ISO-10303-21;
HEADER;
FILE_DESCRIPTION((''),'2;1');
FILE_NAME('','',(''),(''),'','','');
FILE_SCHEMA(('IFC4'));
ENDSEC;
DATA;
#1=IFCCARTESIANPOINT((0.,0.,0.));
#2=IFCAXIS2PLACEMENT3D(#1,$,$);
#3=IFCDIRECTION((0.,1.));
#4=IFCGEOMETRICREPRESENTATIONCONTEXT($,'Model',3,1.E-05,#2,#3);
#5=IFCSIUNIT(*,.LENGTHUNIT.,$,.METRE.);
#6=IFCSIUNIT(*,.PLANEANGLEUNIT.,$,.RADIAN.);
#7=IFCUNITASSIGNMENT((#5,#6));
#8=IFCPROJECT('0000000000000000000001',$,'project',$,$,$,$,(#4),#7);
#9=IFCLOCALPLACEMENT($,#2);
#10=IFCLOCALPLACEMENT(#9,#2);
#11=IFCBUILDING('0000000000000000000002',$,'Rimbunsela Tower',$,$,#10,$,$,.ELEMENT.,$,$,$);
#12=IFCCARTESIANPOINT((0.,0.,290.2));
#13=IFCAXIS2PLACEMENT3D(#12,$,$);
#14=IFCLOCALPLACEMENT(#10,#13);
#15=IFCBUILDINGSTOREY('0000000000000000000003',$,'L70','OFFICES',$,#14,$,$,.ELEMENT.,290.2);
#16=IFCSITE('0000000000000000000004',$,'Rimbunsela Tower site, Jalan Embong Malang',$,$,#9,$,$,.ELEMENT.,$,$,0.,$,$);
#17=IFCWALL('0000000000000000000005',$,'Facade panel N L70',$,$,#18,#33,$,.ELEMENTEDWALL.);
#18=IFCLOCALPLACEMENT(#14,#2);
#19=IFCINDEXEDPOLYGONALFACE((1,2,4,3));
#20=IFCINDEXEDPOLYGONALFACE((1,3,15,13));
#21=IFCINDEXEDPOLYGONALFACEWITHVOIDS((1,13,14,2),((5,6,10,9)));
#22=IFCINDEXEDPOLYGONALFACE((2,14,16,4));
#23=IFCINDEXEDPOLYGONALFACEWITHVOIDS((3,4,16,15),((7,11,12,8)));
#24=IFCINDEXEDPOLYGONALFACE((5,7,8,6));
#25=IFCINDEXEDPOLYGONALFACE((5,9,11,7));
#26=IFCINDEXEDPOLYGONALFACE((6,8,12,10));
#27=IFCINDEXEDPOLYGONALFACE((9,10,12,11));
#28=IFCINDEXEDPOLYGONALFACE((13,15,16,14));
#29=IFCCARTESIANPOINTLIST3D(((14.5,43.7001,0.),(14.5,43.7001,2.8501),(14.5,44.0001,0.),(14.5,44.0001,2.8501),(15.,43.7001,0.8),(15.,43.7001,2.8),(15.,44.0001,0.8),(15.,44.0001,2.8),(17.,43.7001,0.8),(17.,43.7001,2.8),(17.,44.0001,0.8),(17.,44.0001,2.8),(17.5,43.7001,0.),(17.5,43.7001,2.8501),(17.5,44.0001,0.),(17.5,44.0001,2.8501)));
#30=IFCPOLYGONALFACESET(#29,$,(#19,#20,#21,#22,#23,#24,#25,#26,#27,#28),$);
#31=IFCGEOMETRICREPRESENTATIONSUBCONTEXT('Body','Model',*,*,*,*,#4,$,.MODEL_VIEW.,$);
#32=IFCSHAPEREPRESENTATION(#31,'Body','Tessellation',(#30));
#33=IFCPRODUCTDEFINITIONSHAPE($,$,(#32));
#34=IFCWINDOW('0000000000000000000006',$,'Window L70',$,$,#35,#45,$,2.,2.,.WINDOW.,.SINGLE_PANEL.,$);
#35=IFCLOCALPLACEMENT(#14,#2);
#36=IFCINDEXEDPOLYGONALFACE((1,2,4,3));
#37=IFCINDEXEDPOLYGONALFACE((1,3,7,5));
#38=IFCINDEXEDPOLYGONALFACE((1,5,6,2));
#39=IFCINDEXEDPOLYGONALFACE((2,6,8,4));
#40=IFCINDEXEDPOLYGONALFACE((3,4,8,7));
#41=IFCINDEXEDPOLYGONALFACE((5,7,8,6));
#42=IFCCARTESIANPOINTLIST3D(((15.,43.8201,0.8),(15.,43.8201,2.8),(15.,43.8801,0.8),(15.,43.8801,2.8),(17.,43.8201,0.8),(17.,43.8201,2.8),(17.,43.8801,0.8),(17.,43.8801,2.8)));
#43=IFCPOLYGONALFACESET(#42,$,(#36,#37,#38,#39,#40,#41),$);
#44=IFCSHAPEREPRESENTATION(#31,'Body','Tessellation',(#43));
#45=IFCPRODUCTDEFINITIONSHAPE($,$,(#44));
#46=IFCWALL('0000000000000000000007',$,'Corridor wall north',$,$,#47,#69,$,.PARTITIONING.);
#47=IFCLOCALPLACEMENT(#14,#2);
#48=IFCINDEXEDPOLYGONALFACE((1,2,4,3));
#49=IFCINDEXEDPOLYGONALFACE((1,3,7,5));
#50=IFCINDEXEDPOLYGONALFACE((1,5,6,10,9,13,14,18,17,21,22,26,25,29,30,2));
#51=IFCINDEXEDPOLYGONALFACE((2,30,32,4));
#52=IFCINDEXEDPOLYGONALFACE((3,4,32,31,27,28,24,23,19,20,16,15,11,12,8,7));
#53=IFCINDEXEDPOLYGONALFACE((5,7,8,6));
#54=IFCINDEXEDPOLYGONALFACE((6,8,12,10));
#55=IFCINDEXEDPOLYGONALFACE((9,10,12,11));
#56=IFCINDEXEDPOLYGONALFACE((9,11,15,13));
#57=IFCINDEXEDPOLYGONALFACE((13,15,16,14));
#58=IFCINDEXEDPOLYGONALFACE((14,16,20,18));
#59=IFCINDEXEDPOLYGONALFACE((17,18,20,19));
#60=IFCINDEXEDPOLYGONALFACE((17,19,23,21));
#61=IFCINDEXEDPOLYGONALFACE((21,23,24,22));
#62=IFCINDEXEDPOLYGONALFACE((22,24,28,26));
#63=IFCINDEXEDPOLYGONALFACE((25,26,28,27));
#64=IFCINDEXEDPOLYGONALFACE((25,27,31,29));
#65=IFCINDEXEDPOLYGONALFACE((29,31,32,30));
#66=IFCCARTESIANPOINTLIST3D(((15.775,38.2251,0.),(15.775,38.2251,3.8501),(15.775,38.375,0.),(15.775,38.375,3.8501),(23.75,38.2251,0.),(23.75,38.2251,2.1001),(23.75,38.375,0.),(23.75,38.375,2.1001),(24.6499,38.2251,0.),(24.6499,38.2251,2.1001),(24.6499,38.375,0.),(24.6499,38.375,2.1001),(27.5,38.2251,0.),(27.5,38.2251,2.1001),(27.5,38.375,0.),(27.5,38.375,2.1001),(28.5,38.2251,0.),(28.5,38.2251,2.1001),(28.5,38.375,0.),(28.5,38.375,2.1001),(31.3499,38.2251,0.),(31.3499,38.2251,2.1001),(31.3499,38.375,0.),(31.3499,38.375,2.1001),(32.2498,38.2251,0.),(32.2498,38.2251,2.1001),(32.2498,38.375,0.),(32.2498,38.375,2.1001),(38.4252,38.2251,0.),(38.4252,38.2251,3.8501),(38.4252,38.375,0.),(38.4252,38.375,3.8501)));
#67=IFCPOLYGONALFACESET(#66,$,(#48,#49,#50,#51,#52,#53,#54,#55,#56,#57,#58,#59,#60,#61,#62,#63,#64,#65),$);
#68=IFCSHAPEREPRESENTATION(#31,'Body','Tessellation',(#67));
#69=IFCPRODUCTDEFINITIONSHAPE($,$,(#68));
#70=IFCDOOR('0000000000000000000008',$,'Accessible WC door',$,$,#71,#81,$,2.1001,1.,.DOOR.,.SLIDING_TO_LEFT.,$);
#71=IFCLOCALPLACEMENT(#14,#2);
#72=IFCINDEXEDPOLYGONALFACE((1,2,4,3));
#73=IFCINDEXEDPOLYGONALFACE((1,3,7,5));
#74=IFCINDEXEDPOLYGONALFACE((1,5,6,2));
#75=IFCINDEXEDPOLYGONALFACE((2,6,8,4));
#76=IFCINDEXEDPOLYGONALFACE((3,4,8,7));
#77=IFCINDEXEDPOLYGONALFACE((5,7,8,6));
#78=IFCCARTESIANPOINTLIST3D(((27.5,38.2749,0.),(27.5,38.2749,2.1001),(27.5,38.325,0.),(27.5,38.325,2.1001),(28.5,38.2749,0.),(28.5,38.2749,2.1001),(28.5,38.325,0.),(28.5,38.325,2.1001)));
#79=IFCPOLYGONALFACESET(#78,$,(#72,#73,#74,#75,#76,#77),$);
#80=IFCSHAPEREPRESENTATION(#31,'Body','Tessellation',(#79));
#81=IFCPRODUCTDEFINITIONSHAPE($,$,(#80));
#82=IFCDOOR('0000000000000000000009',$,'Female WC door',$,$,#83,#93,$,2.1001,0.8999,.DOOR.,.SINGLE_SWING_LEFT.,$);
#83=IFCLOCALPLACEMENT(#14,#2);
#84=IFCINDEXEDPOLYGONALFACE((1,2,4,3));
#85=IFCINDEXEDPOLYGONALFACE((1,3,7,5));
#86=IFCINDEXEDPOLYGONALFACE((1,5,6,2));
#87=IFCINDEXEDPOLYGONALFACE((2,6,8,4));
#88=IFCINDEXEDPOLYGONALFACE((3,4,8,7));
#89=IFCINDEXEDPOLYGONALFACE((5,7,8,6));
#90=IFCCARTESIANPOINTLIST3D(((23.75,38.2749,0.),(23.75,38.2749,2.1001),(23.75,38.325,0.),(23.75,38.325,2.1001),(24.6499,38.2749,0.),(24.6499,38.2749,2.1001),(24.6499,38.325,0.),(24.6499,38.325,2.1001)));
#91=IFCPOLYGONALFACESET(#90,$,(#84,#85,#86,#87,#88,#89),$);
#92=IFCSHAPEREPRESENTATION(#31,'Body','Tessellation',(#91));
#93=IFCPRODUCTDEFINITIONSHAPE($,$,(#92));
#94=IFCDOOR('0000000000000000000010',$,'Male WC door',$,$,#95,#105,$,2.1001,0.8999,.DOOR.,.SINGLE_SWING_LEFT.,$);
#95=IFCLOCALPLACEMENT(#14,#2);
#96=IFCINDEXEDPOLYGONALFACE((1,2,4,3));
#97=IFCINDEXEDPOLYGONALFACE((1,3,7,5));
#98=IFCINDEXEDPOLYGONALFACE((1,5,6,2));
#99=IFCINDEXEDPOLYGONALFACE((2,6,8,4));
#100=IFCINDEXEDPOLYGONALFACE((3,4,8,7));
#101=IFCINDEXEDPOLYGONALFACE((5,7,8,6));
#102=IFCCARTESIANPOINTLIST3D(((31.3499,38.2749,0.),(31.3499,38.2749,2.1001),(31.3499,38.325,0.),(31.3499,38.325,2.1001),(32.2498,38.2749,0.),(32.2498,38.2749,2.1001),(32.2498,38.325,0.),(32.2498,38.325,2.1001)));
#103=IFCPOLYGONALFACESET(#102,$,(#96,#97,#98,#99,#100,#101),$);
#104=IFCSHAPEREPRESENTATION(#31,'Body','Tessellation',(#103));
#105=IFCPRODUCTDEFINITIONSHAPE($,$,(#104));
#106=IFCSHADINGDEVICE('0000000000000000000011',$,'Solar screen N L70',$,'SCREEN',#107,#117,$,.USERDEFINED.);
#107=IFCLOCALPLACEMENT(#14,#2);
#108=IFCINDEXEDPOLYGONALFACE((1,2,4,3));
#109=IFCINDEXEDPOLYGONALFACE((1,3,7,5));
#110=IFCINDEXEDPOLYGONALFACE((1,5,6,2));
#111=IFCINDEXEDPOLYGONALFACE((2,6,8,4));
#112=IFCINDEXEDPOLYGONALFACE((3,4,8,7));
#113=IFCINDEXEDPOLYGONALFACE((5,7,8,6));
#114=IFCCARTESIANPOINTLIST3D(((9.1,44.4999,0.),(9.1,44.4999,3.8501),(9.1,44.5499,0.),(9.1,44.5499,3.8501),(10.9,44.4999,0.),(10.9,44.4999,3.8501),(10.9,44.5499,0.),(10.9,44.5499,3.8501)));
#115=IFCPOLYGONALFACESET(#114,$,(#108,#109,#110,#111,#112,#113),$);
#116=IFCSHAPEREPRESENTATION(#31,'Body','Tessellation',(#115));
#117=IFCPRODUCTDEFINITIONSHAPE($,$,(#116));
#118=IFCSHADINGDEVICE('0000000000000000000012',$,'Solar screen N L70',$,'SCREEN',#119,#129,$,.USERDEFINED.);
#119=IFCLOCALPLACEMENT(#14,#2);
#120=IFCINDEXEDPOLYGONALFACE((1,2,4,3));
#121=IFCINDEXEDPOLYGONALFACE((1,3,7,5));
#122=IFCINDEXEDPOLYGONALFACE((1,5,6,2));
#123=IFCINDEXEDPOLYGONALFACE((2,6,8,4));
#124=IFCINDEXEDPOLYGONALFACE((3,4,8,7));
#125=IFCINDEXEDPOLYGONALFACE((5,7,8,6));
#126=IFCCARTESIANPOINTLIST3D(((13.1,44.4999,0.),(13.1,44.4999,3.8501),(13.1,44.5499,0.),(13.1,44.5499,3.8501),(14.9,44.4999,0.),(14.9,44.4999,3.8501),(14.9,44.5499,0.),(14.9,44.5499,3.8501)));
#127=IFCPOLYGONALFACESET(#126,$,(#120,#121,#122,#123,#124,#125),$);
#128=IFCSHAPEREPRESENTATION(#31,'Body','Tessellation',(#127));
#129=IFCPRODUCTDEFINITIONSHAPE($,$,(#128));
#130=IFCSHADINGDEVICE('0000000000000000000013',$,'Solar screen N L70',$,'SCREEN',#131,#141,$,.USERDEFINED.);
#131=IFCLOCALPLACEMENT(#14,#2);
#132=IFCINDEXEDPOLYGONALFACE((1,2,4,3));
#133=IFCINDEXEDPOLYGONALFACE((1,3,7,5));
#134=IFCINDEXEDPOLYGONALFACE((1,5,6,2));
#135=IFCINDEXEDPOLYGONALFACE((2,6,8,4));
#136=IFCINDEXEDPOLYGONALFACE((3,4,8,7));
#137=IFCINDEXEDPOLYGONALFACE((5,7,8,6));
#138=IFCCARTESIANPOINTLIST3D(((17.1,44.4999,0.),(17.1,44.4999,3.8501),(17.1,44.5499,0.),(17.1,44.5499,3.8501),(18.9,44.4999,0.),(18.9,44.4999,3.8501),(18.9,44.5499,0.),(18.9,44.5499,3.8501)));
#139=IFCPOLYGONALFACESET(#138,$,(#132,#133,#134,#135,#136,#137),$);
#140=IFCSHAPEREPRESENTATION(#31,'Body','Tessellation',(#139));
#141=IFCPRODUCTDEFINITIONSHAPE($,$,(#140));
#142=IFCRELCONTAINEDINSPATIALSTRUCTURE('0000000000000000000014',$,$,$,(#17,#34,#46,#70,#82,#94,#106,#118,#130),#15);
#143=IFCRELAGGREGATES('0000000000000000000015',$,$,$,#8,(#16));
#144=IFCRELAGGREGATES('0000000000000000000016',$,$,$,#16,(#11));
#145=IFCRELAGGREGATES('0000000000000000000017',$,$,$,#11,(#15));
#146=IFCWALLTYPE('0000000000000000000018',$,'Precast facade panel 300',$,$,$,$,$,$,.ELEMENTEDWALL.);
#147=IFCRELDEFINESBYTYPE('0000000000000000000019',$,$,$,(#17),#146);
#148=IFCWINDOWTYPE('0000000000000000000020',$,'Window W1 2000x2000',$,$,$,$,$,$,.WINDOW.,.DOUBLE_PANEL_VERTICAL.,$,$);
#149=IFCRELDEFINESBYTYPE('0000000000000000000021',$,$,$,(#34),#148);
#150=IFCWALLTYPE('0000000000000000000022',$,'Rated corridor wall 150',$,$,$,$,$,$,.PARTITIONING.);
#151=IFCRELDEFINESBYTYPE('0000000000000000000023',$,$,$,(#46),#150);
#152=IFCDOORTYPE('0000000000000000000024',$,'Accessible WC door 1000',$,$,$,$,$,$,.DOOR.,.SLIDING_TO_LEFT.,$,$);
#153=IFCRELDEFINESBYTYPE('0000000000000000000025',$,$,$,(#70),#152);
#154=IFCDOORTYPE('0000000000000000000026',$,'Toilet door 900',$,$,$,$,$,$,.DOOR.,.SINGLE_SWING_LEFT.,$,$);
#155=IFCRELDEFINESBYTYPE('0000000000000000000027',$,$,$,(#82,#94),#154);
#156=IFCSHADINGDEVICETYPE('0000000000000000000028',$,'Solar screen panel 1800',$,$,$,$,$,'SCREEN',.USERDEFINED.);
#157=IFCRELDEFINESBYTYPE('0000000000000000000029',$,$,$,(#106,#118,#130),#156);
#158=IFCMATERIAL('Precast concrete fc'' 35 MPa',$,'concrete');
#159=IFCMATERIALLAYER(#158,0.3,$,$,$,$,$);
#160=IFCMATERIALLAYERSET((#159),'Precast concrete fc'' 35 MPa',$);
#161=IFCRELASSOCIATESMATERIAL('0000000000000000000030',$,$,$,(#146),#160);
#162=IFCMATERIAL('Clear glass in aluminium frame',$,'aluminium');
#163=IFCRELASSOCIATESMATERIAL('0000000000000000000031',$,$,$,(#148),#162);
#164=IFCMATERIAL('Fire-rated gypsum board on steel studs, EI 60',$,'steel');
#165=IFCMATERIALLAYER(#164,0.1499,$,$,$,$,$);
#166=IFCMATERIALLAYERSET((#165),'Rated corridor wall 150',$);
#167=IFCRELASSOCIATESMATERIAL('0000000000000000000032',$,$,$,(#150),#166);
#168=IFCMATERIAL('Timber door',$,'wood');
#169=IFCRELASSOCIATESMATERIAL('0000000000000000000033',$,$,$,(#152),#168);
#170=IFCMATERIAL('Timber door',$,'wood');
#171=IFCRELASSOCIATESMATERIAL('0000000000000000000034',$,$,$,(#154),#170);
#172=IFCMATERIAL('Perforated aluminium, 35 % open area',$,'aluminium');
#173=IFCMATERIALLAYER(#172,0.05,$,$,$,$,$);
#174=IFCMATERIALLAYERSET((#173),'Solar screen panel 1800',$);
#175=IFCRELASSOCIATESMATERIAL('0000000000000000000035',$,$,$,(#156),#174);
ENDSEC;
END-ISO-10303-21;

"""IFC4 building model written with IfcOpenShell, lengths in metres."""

from ifc_helpers import new_model, si_unit, direction, frame, frame_2d, origin, origin_2d, place, context, subcontext, project, spatial, rectangle, extrude, material, layer, layer_set, type_object, element, fill, save


model = new_model("IFC4")

# Units and contexts
model_context = context("Model", 3, precision=1e-05, world=origin(), true_north=direction((0.0, 1.0)))
body_context = subcontext(model_context, "Body", "Model", "MODEL_VIEW")
ifc_project = project(units=[si_unit("LENGTHUNIT", "METRE"), si_unit("PLANEANGLEUNIT", "RADIAN")], contexts=[model_context])

# Site, building, storey
site_placement = place(None, origin())
site = spatial("IfcSite", under=ifc_project, at=site_placement, Name="Rimbunsela Tower site, Jalan Embong Malang", CompositionType="ELEMENT", RefElevation=0.0)
building_placement = place(site_placement, origin())
building = spatial("IfcBuilding", under=site, at=building_placement, Name="Rimbunsela Tower", CompositionType="ELEMENT")
storey_placement = place(building_placement, frame((0.0, 0.0, 290.2)))
storey = spatial("IfcBuildingStorey", under=building, at=storey_placement, Name="L70", Description="OFFICES", CompositionType="ELEMENT", Elevation=290.2)

# Wall, opening, window
ifc_material_1 = material(Name="Precast concrete fc' 35 MPa", Category="concrete")
ifc_layer_1 = layer(ifc_material_1, 0.3)
ifc_layer_set_1 = layer_set([ifc_layer_1], Name="Precast concrete fc' 35 MPa")
wall_type_1 = type_object("IfcWallType", Name="Precast facade panel 300", PredefinedType="ELEMENTEDWALL", material=ifc_layer_set_1)
ifc_material_2 = material(Name="Clear glass in aluminium frame", Category="aluminium")
window_type = type_object("IfcWindowType", Name="Window W1 2000x2000", PartitioningType="DOUBLE_PANEL_VERTICAL", PredefinedType="WINDOW", material=ifc_material_2)
wall_1_placement = place(storey_placement, frame((17.5, 43.8501, 0.0), z_axis=(0.0, 0.0, 1.0), x_axis=(-1.0, 0.0, 0.0)))
wall_1 = element("IfcWall", 1, at=wall_1_placement, inside=storey, type_object=wall_type_1, Name="Facade panel N L70", PredefinedType="ELEMENTEDWALL", context=body_context, shape_type="SweptSolid", body=[
    extrude(rectangle(XDim=3.0, YDim=0.3, at=frame_2d((1.5, 0.0))), origin(), (0.0, 0.0, 1.0), 2.8501),
])
opening_1_placement = place(wall_1_placement, frame((0.5, 0.0, 0.8)))
opening_1 = element("IfcOpeningElement", 2, at=opening_1_placement, cuts=wall_1, PredefinedType="OPENING", context=body_context, shape_type="SweptSolid", body=[
    extrude(rectangle(XDim=2.0, YDim=2.0, at=frame_2d((1.0, 1.0))), frame((0.0, 0.1599, 0.0), z_axis=(0.0, -1.0, 0.0), x_axis=(1.0, 0.0, 0.0)), (0.0, 0.0, 1.0), 0.3201),
])
window_1_placement = place(opening_1_placement, origin())
window_1 = element("IfcWindow", 3, at=window_1_placement, inside=storey, type_object=window_type, Name="Window L70", OverallHeight=2.0, OverallWidth=2.0, PartitioningType="SINGLE_PANEL", PredefinedType="WINDOW", context=body_context, shape_type="SweptSolid", body=[
    extrude(rectangle(XDim=2.0, YDim=2.0, at=frame_2d((1.0, 1.0))), frame((0.0, 0.03, 0.0), z_axis=(0.0, -1.0, 0.0), x_axis=(1.0, 0.0, 0.0)), (0.0, 0.0, 1.0), 0.0601),
])
fill(opening_1, window_1)

# Wall, openings, doors
ifc_material_3 = material(Name="Fire-rated gypsum board on steel studs, EI 60", Category="steel")
ifc_layer_2 = layer(ifc_material_3, 0.1499)
ifc_layer_set_2 = layer_set([ifc_layer_2], Name="Rated corridor wall 150")
wall_type_2 = type_object("IfcWallType", Name="Rated corridor wall 150", PredefinedType="PARTITIONING", material=ifc_layer_set_2)
wall_2_placement = place(storey_placement, frame((15.7749, 38.3, 0.0), z_axis=(0.0, 0.0, 1.0), x_axis=(1.0, 0.0, 0.0)))
wall_2 = element("IfcWall", 4, at=wall_2_placement, inside=storey, type_object=wall_type_2, Name="Corridor wall north", PredefinedType="PARTITIONING", context=body_context, shape_type="SweptSolid", body=[
    extrude(rectangle(XDim=22.6501, YDim=0.1499, at=frame_2d((11.3252, 0.0))), origin(), (0.0, 0.0, 1.0), 3.8501),
])
opening_2_placement = place(wall_2_placement, frame((7.9751, 0.0, 0.0)))
opening_2 = element("IfcOpeningElement", 5, at=opening_2_placement, cuts=wall_2, PredefinedType="OPENING", context=body_context, shape_type="SweptSolid", body=[
    extrude(rectangle(XDim=0.8999, YDim=2.1001, at=frame_2d((0.45, 1.05))), frame((0.0, 0.085, 0.0), z_axis=(0.0, -1.0, 0.0), x_axis=(1.0, 0.0, 0.0)), (0.0, 0.0, 1.0), 0.1699),
])
opening_3_placement = place(wall_2_placement, frame((11.7251, 0.0, 0.0)))
opening_3 = element("IfcOpeningElement", 6, at=opening_3_placement, cuts=wall_2, PredefinedType="OPENING", context=body_context, shape_type="SweptSolid", body=[
    extrude(rectangle(XDim=1.0, YDim=2.1001, at=frame_2d((0.5, 1.05))), frame((0.0, 0.085, 0.0), z_axis=(0.0, -1.0, 0.0), x_axis=(1.0, 0.0, 0.0)), (0.0, 0.0, 1.0), 0.1699),
])
opening_4_placement = place(wall_2_placement, frame((15.575, 0.0, 0.0)))
opening_4 = element("IfcOpeningElement", 7, at=opening_4_placement, cuts=wall_2, PredefinedType="OPENING", context=body_context, shape_type="SweptSolid", body=[
    extrude(rectangle(XDim=0.8999, YDim=2.1001, at=frame_2d((0.45, 1.05))), frame((0.0, 0.085, 0.0), z_axis=(0.0, -1.0, 0.0), x_axis=(1.0, 0.0, 0.0)), (0.0, 0.0, 1.0), 0.1699),
])
ifc_material_4 = material(Name="Timber door", Category="wood")
door_type_1 = type_object("IfcDoorType", Name="Accessible WC door 1000", OperationType="SLIDING_TO_LEFT", PredefinedType="DOOR", material=ifc_material_4)
door_1_placement = place(opening_3_placement, origin())
door_1 = element("IfcDoor", 8, at=door_1_placement, inside=storey, type_object=door_type_1, Name="Accessible WC door", OperationType="SLIDING_TO_LEFT", OverallHeight=2.1001, OverallWidth=1.0, PredefinedType="DOOR", context=body_context, shape_type="SweptSolid", body=[
    extrude(rectangle(XDim=1.0, YDim=2.1001, at=frame_2d((0.5, 1.05))), frame((0.0, 0.0249, 0.0), z_axis=(0.0, -1.0, 0.0), x_axis=(1.0, 0.0, 0.0)), (0.0, 0.0, 1.0), 0.05),
])
fill(opening_3, door_1)
ifc_material_5 = material(Name="Timber door", Category="wood")
door_type_2 = type_object("IfcDoorType", Name="Toilet door 900", OperationType="SINGLE_SWING_LEFT", PredefinedType="DOOR", material=ifc_material_5)
door_2_placement = place(opening_2_placement, origin())
door_2 = element("IfcDoor", 9, at=door_2_placement, inside=storey, type_object=door_type_2, Name="Female WC door", OperationType="SINGLE_SWING_LEFT", OverallHeight=2.1001, OverallWidth=0.8999, PredefinedType="DOOR", context=body_context, shape_type="SweptSolid", body=[
    extrude(rectangle(XDim=0.8999, YDim=2.1001, at=frame_2d((0.45, 1.05))), frame((0.0, 0.0249, 0.0), z_axis=(0.0, -1.0, 0.0), x_axis=(1.0, 0.0, 0.0)), (0.0, 0.0, 1.0), 0.05),
])
fill(opening_2, door_2)
door_3_placement = place(opening_4_placement, origin())
door_3 = element("IfcDoor", 10, at=door_3_placement, inside=storey, type_object=door_type_2, Name="Male WC door", OperationType="SINGLE_SWING_LEFT", OverallHeight=2.1001, OverallWidth=0.8999, PredefinedType="DOOR", context=body_context, shape_type="SweptSolid", body=[
    extrude(rectangle(XDim=0.8999, YDim=2.1001, at=frame_2d((0.45, 1.05))), frame((0.0, 0.0249, 0.0), z_axis=(0.0, -1.0, 0.0), x_axis=(1.0, 0.0, 0.0)), (0.0, 0.0, 1.0), 0.05),
])
fill(opening_4, door_3)

# Shading devices
ifc_material_6 = material(Name="Perforated aluminium, 35 % open area", Category="aluminium")
ifc_layer_3 = layer(ifc_material_6, 0.05)
ifc_layer_set_3 = layer_set([ifc_layer_3], Name="Solar screen panel 1800")
shading_device_type = type_object("IfcShadingDeviceType", Name="Solar screen panel 1800", ElementType="SCREEN", PredefinedType="USERDEFINED", material=ifc_layer_set_3)
for number, where, z_axis, x_axis, name in (
    (11, (10.0, 44.5249, 0.0), (0.0, 0.0, 1.0), (1.0, 0.0, 0.0), "Solar screen N L70"),
    (12, (14.0, 44.5249, 0.0), (0.0, 0.0, 1.0), (1.0, 0.0, 0.0), "Solar screen N L70"),
    (13, (18.0, 44.5249, 0.0), (0.0, 0.0, 1.0), (1.0, 0.0, 0.0), "Solar screen N L70"),
):
    element("IfcShadingDevice", number, at=place(storey_placement, frame(where, z_axis=z_axis, x_axis=x_axis)), inside=storey, type_object=shading_device_type, Name=name, ObjectType="SCREEN", PredefinedType="USERDEFINED", context=body_context, shape_type="SweptSolid", body=[
        extrude(rectangle(XDim=1.8, YDim=0.05, at=origin_2d()), origin(), (0.0, 0.0, 1.0), 3.8501),
    ])

save(model, "model.ifc")
